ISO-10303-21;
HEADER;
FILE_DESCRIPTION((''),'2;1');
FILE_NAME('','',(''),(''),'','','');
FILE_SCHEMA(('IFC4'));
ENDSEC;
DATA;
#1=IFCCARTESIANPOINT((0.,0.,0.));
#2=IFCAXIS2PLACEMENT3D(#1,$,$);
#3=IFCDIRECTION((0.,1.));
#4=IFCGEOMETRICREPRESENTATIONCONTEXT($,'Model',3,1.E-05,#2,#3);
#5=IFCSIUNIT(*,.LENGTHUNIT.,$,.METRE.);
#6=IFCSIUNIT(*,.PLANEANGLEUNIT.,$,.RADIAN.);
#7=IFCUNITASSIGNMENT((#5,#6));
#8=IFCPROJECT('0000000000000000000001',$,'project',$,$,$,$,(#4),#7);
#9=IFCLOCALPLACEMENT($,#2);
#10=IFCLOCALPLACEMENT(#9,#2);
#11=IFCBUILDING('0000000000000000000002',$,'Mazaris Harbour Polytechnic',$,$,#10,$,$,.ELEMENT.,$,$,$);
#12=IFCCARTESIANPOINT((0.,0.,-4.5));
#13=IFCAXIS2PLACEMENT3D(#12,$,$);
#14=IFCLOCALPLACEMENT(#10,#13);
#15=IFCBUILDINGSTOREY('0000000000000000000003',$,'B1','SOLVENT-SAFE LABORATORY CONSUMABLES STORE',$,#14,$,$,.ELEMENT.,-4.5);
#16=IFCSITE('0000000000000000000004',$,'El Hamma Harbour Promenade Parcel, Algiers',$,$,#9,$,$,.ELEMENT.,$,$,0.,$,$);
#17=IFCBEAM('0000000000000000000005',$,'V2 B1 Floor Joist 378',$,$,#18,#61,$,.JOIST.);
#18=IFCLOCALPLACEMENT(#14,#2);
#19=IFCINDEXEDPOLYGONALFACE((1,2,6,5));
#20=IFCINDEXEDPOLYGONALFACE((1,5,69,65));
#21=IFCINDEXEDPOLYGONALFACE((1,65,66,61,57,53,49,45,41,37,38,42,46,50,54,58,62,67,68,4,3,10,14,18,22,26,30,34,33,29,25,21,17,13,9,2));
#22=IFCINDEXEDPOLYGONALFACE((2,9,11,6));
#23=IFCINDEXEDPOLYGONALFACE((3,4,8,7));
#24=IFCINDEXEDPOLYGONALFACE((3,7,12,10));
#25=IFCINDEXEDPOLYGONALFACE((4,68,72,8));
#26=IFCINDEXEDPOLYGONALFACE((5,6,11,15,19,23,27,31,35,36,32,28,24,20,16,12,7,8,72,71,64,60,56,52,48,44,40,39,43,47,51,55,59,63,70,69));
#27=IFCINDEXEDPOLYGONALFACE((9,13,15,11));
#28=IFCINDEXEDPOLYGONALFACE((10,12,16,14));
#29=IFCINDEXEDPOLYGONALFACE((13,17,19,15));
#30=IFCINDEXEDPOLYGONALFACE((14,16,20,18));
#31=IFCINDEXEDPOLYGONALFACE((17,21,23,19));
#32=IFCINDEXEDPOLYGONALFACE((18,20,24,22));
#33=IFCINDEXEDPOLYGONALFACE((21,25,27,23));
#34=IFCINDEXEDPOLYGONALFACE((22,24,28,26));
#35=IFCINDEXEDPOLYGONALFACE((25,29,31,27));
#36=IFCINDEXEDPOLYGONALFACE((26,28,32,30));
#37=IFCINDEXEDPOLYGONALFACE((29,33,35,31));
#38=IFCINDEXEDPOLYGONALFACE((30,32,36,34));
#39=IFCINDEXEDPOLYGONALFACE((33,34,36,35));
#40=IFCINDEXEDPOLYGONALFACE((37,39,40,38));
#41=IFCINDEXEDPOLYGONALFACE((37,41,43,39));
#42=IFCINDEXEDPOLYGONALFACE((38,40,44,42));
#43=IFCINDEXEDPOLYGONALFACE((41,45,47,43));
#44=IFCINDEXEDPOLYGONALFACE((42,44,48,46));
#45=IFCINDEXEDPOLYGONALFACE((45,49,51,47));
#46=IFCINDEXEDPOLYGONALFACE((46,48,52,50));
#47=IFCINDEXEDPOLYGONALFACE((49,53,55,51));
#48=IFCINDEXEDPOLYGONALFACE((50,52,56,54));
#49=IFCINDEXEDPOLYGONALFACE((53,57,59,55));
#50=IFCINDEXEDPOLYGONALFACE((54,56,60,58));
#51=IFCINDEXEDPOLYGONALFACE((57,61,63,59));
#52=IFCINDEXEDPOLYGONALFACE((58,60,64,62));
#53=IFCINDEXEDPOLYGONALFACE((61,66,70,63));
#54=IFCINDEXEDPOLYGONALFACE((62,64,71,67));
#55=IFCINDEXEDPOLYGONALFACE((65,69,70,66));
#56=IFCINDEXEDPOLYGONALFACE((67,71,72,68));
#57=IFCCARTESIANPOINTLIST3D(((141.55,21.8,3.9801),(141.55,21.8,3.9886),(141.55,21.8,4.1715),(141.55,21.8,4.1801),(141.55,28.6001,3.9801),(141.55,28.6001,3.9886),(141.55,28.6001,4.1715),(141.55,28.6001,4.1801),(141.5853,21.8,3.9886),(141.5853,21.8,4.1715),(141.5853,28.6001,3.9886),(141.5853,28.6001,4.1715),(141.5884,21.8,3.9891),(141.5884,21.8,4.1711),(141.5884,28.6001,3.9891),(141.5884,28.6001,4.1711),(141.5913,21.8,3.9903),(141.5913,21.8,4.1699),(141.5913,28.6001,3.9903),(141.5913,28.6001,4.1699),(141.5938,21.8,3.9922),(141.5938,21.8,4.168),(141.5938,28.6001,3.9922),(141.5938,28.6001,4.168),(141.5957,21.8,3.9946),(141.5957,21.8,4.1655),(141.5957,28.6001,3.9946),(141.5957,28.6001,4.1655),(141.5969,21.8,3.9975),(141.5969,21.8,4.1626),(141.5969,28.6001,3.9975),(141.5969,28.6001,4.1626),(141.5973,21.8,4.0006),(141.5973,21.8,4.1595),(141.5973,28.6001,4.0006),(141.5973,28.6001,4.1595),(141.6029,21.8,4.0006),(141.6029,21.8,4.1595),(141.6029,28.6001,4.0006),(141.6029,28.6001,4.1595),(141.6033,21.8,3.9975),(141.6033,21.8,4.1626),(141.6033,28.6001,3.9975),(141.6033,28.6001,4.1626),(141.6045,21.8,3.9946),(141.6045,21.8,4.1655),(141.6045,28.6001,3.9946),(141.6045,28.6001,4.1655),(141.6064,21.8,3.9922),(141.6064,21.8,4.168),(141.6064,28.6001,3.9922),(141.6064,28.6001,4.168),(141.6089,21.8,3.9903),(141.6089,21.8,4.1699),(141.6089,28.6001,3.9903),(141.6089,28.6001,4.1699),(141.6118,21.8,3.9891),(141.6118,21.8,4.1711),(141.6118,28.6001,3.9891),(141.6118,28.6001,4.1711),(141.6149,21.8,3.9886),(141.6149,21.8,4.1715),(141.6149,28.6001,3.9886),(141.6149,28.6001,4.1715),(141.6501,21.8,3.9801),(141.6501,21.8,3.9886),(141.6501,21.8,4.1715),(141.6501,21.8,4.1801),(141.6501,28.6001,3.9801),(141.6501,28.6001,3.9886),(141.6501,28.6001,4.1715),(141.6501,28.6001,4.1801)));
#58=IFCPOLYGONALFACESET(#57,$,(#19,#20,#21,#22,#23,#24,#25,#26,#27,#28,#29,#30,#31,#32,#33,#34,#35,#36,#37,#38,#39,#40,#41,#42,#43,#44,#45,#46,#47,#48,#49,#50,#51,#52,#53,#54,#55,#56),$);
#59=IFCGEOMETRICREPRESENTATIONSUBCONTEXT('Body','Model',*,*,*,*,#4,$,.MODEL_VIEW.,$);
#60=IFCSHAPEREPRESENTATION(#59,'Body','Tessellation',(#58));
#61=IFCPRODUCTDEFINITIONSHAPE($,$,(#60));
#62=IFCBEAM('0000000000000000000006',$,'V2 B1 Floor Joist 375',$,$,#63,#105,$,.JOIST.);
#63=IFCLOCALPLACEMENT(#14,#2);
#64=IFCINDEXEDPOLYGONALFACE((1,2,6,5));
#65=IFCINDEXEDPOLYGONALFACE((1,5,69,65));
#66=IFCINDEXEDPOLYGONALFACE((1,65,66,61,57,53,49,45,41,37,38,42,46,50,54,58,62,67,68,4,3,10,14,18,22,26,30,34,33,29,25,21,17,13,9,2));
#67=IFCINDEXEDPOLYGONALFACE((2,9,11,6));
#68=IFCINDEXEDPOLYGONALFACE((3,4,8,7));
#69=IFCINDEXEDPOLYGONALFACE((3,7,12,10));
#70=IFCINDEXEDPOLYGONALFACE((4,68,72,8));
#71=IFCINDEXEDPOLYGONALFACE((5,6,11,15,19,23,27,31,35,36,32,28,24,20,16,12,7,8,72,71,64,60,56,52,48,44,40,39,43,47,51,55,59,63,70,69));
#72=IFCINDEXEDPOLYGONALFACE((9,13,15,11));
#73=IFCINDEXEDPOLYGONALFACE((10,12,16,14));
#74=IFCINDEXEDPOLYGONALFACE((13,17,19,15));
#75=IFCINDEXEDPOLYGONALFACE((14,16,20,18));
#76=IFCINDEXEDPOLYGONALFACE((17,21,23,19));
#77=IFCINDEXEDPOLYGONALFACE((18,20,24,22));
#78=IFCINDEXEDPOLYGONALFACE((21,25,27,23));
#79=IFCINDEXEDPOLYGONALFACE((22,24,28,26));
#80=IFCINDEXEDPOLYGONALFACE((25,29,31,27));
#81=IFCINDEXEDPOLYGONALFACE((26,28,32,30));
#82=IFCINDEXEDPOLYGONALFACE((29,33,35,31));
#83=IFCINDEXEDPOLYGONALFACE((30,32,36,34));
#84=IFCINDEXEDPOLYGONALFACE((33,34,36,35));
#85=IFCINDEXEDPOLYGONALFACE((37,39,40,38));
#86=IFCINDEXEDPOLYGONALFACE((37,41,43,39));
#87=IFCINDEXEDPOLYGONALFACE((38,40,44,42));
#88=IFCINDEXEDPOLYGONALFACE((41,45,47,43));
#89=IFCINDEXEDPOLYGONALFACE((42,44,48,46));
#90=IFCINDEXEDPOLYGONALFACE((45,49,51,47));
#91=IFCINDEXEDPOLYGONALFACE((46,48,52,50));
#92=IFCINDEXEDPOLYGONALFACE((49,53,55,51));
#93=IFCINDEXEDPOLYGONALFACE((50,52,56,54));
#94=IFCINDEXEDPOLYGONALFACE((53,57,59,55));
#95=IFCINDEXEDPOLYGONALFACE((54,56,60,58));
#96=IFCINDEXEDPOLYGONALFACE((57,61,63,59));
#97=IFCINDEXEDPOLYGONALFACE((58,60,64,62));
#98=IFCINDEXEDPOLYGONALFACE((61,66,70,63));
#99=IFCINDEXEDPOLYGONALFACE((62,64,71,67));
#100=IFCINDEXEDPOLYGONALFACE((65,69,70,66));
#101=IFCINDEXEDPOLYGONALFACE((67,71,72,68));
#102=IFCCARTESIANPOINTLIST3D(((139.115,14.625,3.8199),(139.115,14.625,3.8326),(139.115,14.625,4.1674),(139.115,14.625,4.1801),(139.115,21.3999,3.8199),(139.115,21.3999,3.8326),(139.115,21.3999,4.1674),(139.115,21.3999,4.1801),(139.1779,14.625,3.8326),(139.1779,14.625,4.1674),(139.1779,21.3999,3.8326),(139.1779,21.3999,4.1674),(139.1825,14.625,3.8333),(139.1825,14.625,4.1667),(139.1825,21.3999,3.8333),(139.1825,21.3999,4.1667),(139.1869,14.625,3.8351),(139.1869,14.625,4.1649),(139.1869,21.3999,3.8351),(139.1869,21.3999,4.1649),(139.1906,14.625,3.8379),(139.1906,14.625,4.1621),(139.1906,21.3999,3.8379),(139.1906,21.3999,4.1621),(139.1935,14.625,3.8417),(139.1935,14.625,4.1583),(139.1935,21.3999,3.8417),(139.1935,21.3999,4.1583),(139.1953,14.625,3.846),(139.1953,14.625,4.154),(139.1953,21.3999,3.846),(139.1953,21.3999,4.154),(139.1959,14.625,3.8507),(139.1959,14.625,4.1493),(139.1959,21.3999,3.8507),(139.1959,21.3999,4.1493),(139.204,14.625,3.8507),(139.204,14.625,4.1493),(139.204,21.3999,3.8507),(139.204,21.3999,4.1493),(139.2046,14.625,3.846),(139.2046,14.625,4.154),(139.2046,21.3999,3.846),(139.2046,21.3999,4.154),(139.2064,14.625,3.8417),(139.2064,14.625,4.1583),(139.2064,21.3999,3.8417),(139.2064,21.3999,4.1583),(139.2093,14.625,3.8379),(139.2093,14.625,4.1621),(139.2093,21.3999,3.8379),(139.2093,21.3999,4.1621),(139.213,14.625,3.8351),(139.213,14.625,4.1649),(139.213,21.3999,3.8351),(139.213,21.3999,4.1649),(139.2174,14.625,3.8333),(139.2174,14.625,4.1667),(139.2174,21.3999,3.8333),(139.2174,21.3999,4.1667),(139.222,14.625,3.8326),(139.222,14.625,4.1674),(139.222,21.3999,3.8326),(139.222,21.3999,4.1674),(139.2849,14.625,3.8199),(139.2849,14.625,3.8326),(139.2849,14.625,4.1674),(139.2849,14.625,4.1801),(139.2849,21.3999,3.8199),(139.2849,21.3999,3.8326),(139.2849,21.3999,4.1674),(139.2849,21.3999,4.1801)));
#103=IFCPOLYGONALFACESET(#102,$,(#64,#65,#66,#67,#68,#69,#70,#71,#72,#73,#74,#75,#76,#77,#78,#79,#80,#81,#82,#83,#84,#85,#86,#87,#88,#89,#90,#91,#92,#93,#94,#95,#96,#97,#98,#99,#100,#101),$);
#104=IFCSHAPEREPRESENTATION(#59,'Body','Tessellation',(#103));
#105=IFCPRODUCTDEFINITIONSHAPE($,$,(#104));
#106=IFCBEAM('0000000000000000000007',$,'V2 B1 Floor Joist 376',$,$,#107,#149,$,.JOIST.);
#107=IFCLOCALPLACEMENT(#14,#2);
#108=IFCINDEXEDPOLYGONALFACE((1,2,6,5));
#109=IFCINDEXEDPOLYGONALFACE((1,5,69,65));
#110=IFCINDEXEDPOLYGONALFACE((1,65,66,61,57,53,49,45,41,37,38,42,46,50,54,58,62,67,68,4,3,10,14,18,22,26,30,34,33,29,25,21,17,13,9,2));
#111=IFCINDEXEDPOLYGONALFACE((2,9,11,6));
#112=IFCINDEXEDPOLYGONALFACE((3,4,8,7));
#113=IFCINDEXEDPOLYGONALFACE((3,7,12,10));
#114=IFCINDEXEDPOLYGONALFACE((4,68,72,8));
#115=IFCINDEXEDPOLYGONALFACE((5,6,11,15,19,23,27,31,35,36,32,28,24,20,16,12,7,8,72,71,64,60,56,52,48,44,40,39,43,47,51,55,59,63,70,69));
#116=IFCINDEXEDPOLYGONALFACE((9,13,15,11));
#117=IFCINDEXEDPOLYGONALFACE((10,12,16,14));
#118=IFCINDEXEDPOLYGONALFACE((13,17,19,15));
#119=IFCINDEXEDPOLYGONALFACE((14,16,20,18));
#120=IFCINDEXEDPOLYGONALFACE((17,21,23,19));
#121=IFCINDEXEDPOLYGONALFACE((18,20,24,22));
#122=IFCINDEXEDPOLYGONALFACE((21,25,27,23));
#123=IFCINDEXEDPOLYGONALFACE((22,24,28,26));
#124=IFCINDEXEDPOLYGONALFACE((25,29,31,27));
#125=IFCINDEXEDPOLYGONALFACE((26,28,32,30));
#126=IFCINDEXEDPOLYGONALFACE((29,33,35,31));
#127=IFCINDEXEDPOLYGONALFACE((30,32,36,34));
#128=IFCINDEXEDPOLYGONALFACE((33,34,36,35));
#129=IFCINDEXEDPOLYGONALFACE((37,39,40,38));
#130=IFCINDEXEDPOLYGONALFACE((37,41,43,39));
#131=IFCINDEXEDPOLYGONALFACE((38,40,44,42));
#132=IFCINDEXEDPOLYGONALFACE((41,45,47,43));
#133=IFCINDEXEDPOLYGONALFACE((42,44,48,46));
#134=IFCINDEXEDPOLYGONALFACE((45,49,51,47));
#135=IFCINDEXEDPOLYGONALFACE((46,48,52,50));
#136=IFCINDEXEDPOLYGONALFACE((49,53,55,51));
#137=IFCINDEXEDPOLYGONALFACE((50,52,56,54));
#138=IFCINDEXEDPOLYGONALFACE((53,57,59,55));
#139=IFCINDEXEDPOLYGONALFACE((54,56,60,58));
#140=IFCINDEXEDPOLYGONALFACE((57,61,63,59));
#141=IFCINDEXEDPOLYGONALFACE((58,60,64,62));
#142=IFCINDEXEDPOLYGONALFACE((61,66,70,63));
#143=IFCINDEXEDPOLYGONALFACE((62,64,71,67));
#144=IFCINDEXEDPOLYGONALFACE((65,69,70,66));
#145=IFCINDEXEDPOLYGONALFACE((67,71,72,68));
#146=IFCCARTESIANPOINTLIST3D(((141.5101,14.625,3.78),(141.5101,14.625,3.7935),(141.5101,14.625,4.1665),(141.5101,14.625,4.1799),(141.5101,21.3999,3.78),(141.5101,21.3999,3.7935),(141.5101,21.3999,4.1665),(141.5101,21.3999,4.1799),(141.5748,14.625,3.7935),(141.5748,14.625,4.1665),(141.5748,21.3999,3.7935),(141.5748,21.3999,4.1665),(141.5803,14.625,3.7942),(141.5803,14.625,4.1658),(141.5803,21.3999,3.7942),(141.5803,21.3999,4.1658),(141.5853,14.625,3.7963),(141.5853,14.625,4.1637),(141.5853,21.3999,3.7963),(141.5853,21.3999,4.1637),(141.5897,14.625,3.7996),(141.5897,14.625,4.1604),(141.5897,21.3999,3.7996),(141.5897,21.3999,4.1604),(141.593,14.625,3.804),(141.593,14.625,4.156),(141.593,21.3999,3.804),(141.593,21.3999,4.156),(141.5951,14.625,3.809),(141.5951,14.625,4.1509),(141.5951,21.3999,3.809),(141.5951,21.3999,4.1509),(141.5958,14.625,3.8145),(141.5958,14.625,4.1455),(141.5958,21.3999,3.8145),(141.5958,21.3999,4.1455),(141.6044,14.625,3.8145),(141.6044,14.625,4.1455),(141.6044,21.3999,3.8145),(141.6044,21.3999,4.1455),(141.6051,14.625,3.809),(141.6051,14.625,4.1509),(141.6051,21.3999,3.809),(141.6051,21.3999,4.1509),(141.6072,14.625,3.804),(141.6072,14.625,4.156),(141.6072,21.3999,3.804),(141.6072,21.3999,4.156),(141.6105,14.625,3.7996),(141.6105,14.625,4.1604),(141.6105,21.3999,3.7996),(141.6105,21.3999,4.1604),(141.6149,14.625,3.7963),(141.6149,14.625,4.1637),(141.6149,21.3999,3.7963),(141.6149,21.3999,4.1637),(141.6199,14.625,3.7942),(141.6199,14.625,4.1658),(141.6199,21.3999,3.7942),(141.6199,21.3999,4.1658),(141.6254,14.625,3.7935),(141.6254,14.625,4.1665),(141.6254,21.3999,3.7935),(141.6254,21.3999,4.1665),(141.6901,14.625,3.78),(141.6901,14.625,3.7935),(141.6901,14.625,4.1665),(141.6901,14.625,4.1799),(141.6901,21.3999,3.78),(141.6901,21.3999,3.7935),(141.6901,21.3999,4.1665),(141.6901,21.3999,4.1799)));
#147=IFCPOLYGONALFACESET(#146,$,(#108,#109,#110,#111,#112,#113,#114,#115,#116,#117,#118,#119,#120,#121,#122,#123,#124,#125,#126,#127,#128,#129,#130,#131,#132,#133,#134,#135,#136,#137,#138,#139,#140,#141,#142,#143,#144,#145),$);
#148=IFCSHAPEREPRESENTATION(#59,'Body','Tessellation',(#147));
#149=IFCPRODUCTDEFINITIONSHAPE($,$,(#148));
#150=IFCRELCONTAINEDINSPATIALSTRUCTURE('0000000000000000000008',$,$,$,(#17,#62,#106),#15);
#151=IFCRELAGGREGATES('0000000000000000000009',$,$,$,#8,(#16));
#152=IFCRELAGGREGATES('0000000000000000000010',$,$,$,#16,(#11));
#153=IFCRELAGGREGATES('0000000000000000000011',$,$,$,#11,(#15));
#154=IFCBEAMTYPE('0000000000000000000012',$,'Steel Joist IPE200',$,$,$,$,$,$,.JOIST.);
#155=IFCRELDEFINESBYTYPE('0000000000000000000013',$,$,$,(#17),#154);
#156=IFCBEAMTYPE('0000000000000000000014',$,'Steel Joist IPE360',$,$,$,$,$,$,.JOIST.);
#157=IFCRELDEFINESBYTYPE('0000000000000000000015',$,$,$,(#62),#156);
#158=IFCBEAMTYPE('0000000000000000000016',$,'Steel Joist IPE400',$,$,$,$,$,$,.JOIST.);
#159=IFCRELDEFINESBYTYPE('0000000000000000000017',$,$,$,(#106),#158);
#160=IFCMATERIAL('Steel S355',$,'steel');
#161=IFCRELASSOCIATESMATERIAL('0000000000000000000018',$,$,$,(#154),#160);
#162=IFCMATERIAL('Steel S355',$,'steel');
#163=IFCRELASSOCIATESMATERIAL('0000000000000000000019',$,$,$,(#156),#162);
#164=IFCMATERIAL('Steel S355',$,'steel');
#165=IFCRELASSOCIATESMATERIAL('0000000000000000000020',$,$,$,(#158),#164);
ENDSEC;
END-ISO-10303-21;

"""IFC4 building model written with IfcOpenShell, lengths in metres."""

from ifc_helpers import new_model, si_unit, direction, frame, origin, origin_2d, place, context, subcontext, project, spatial, i_section, extrude, material, material_profile, profile_set, type_object, element, save


model = new_model("IFC4")

# Units and contexts
model_context = context("Model", 3, precision=1e-05, world=origin(), true_north=direction((0.0, 1.0)))
body_context = subcontext(model_context, "Body", "Model", "MODEL_VIEW")
ifc_project = project(units=[si_unit("LENGTHUNIT", "METRE"), si_unit("PLANEANGLEUNIT", "RADIAN")], contexts=[model_context])

# Site, building, storey
site_placement = place(None, origin())
site = spatial("IfcSite", under=ifc_project, at=site_placement, Name="El Hamma Harbour Promenade Parcel, Algiers", CompositionType="ELEMENT", RefElevation=0.0)
building_placement = place(site_placement, origin())
building = spatial("IfcBuilding", under=site, at=building_placement, Name="Mazaris Harbour Polytechnic", CompositionType="ELEMENT")
storey_placement = place(building_placement, frame((0.0, 0.0, -4.5)))
storey = spatial("IfcBuildingStorey", under=building, at=storey_placement, Name="B1", Description="SOLVENT-SAFE LABORATORY CONSUMABLES STORE", CompositionType="ELEMENT", Elevation=-4.5)

# Beams
ifc_material_1 = material(Name="Steel S355", Category="steel")
ifc_material_profile_1 = material_profile(ifc_material_1, i_section(OverallWidth=0.1001, OverallDepth=0.2, WebThickness=0.0056, FlangeThickness=0.0085, FilletRadius=0.012, at=origin_2d()), Name="IPE 200")
ifc_profile_set_1 = profile_set([ifc_material_profile_1], Name="Steel S355")
beam_type_1 = type_object("IfcBeamType", Name="Steel Joist IPE200", PredefinedType="JOIST", material=ifc_profile_set_1)
beam_1_placement = place(storey_placement, frame((141.6001, 21.8, 4.0801), z_axis=(0.0, 1.0, 0.0), x_axis=(-1.0, 0.0, 0.0)))
element("IfcBeam", 1, at=beam_1_placement, inside=storey, type_object=beam_type_1, Name="V2 B1 Floor Joist 378", PredefinedType="JOIST", context=body_context, shape_type="SweptSolid", body=[
    extrude(i_section(OverallWidth=0.1001, OverallDepth=0.2, WebThickness=0.0056, FlangeThickness=0.0085, FilletRadius=0.012, at=origin_2d()), origin(), (0.0, 0.0, 1.0), 6.8),
])
ifc_material_2 = material(Name="Steel S355", Category="steel")
ifc_material_profile_2 = material_profile(ifc_material_2, i_section(OverallWidth=0.1699, OverallDepth=0.3601, WebThickness=0.0081, FlangeThickness=0.0127, FilletRadius=0.0181, at=origin_2d()), Name="IPE 360")
ifc_profile_set_2 = profile_set([ifc_material_profile_2], Name="Steel S355")
beam_type_2 = type_object("IfcBeamType", Name="Steel Joist IPE360", PredefinedType="JOIST", material=ifc_profile_set_2)
beam_2_placement = place(storey_placement, frame((139.2, 14.625, 4.0), z_axis=(0.0, 1.0, 0.0), x_axis=(-1.0, 0.0, 0.0)))
element("IfcBeam", 2, at=beam_2_placement, inside=storey, type_object=beam_type_2, Name="V2 B1 Floor Joist 375", PredefinedType="JOIST", context=body_context, shape_type="SweptSolid", body=[
    extrude(i_section(OverallWidth=0.1699, OverallDepth=0.3601, WebThickness=0.0081, FlangeThickness=0.0127, FilletRadius=0.0181, at=origin_2d()), origin(), (0.0, 0.0, 1.0), 6.7749),
])
ifc_material_3 = material(Name="Steel S355", Category="steel")
ifc_material_profile_3 = material_profile(ifc_material_3, i_section(OverallWidth=0.1799, OverallDepth=0.3999, WebThickness=0.0085, FlangeThickness=0.0134, FilletRadius=0.021, at=origin_2d()), Name="IPE 400")
ifc_profile_set_3 = profile_set([ifc_material_profile_3], Name="Steel S355")
beam_type_3 = type_object("IfcBeamType", Name="Steel Joist IPE400", PredefinedType="JOIST", material=ifc_profile_set_3)
beam_3_placement = place(storey_placement, frame((141.6001, 14.625, 3.98), z_axis=(0.0, 1.0, 0.0), x_axis=(-1.0, 0.0, 0.0)))
element("IfcBeam", 3, at=beam_3_placement, inside=storey, type_object=beam_type_3, Name="V2 B1 Floor Joist 376", PredefinedType="JOIST", context=body_context, shape_type="SweptSolid", body=[
    extrude(i_section(OverallWidth=0.1799, OverallDepth=0.3999, WebThickness=0.0085, FlangeThickness=0.0134, FilletRadius=0.021, at=origin_2d()), origin(), (0.0, 0.0, 1.0), 6.7749),
])

save(model, "model.ifc")
